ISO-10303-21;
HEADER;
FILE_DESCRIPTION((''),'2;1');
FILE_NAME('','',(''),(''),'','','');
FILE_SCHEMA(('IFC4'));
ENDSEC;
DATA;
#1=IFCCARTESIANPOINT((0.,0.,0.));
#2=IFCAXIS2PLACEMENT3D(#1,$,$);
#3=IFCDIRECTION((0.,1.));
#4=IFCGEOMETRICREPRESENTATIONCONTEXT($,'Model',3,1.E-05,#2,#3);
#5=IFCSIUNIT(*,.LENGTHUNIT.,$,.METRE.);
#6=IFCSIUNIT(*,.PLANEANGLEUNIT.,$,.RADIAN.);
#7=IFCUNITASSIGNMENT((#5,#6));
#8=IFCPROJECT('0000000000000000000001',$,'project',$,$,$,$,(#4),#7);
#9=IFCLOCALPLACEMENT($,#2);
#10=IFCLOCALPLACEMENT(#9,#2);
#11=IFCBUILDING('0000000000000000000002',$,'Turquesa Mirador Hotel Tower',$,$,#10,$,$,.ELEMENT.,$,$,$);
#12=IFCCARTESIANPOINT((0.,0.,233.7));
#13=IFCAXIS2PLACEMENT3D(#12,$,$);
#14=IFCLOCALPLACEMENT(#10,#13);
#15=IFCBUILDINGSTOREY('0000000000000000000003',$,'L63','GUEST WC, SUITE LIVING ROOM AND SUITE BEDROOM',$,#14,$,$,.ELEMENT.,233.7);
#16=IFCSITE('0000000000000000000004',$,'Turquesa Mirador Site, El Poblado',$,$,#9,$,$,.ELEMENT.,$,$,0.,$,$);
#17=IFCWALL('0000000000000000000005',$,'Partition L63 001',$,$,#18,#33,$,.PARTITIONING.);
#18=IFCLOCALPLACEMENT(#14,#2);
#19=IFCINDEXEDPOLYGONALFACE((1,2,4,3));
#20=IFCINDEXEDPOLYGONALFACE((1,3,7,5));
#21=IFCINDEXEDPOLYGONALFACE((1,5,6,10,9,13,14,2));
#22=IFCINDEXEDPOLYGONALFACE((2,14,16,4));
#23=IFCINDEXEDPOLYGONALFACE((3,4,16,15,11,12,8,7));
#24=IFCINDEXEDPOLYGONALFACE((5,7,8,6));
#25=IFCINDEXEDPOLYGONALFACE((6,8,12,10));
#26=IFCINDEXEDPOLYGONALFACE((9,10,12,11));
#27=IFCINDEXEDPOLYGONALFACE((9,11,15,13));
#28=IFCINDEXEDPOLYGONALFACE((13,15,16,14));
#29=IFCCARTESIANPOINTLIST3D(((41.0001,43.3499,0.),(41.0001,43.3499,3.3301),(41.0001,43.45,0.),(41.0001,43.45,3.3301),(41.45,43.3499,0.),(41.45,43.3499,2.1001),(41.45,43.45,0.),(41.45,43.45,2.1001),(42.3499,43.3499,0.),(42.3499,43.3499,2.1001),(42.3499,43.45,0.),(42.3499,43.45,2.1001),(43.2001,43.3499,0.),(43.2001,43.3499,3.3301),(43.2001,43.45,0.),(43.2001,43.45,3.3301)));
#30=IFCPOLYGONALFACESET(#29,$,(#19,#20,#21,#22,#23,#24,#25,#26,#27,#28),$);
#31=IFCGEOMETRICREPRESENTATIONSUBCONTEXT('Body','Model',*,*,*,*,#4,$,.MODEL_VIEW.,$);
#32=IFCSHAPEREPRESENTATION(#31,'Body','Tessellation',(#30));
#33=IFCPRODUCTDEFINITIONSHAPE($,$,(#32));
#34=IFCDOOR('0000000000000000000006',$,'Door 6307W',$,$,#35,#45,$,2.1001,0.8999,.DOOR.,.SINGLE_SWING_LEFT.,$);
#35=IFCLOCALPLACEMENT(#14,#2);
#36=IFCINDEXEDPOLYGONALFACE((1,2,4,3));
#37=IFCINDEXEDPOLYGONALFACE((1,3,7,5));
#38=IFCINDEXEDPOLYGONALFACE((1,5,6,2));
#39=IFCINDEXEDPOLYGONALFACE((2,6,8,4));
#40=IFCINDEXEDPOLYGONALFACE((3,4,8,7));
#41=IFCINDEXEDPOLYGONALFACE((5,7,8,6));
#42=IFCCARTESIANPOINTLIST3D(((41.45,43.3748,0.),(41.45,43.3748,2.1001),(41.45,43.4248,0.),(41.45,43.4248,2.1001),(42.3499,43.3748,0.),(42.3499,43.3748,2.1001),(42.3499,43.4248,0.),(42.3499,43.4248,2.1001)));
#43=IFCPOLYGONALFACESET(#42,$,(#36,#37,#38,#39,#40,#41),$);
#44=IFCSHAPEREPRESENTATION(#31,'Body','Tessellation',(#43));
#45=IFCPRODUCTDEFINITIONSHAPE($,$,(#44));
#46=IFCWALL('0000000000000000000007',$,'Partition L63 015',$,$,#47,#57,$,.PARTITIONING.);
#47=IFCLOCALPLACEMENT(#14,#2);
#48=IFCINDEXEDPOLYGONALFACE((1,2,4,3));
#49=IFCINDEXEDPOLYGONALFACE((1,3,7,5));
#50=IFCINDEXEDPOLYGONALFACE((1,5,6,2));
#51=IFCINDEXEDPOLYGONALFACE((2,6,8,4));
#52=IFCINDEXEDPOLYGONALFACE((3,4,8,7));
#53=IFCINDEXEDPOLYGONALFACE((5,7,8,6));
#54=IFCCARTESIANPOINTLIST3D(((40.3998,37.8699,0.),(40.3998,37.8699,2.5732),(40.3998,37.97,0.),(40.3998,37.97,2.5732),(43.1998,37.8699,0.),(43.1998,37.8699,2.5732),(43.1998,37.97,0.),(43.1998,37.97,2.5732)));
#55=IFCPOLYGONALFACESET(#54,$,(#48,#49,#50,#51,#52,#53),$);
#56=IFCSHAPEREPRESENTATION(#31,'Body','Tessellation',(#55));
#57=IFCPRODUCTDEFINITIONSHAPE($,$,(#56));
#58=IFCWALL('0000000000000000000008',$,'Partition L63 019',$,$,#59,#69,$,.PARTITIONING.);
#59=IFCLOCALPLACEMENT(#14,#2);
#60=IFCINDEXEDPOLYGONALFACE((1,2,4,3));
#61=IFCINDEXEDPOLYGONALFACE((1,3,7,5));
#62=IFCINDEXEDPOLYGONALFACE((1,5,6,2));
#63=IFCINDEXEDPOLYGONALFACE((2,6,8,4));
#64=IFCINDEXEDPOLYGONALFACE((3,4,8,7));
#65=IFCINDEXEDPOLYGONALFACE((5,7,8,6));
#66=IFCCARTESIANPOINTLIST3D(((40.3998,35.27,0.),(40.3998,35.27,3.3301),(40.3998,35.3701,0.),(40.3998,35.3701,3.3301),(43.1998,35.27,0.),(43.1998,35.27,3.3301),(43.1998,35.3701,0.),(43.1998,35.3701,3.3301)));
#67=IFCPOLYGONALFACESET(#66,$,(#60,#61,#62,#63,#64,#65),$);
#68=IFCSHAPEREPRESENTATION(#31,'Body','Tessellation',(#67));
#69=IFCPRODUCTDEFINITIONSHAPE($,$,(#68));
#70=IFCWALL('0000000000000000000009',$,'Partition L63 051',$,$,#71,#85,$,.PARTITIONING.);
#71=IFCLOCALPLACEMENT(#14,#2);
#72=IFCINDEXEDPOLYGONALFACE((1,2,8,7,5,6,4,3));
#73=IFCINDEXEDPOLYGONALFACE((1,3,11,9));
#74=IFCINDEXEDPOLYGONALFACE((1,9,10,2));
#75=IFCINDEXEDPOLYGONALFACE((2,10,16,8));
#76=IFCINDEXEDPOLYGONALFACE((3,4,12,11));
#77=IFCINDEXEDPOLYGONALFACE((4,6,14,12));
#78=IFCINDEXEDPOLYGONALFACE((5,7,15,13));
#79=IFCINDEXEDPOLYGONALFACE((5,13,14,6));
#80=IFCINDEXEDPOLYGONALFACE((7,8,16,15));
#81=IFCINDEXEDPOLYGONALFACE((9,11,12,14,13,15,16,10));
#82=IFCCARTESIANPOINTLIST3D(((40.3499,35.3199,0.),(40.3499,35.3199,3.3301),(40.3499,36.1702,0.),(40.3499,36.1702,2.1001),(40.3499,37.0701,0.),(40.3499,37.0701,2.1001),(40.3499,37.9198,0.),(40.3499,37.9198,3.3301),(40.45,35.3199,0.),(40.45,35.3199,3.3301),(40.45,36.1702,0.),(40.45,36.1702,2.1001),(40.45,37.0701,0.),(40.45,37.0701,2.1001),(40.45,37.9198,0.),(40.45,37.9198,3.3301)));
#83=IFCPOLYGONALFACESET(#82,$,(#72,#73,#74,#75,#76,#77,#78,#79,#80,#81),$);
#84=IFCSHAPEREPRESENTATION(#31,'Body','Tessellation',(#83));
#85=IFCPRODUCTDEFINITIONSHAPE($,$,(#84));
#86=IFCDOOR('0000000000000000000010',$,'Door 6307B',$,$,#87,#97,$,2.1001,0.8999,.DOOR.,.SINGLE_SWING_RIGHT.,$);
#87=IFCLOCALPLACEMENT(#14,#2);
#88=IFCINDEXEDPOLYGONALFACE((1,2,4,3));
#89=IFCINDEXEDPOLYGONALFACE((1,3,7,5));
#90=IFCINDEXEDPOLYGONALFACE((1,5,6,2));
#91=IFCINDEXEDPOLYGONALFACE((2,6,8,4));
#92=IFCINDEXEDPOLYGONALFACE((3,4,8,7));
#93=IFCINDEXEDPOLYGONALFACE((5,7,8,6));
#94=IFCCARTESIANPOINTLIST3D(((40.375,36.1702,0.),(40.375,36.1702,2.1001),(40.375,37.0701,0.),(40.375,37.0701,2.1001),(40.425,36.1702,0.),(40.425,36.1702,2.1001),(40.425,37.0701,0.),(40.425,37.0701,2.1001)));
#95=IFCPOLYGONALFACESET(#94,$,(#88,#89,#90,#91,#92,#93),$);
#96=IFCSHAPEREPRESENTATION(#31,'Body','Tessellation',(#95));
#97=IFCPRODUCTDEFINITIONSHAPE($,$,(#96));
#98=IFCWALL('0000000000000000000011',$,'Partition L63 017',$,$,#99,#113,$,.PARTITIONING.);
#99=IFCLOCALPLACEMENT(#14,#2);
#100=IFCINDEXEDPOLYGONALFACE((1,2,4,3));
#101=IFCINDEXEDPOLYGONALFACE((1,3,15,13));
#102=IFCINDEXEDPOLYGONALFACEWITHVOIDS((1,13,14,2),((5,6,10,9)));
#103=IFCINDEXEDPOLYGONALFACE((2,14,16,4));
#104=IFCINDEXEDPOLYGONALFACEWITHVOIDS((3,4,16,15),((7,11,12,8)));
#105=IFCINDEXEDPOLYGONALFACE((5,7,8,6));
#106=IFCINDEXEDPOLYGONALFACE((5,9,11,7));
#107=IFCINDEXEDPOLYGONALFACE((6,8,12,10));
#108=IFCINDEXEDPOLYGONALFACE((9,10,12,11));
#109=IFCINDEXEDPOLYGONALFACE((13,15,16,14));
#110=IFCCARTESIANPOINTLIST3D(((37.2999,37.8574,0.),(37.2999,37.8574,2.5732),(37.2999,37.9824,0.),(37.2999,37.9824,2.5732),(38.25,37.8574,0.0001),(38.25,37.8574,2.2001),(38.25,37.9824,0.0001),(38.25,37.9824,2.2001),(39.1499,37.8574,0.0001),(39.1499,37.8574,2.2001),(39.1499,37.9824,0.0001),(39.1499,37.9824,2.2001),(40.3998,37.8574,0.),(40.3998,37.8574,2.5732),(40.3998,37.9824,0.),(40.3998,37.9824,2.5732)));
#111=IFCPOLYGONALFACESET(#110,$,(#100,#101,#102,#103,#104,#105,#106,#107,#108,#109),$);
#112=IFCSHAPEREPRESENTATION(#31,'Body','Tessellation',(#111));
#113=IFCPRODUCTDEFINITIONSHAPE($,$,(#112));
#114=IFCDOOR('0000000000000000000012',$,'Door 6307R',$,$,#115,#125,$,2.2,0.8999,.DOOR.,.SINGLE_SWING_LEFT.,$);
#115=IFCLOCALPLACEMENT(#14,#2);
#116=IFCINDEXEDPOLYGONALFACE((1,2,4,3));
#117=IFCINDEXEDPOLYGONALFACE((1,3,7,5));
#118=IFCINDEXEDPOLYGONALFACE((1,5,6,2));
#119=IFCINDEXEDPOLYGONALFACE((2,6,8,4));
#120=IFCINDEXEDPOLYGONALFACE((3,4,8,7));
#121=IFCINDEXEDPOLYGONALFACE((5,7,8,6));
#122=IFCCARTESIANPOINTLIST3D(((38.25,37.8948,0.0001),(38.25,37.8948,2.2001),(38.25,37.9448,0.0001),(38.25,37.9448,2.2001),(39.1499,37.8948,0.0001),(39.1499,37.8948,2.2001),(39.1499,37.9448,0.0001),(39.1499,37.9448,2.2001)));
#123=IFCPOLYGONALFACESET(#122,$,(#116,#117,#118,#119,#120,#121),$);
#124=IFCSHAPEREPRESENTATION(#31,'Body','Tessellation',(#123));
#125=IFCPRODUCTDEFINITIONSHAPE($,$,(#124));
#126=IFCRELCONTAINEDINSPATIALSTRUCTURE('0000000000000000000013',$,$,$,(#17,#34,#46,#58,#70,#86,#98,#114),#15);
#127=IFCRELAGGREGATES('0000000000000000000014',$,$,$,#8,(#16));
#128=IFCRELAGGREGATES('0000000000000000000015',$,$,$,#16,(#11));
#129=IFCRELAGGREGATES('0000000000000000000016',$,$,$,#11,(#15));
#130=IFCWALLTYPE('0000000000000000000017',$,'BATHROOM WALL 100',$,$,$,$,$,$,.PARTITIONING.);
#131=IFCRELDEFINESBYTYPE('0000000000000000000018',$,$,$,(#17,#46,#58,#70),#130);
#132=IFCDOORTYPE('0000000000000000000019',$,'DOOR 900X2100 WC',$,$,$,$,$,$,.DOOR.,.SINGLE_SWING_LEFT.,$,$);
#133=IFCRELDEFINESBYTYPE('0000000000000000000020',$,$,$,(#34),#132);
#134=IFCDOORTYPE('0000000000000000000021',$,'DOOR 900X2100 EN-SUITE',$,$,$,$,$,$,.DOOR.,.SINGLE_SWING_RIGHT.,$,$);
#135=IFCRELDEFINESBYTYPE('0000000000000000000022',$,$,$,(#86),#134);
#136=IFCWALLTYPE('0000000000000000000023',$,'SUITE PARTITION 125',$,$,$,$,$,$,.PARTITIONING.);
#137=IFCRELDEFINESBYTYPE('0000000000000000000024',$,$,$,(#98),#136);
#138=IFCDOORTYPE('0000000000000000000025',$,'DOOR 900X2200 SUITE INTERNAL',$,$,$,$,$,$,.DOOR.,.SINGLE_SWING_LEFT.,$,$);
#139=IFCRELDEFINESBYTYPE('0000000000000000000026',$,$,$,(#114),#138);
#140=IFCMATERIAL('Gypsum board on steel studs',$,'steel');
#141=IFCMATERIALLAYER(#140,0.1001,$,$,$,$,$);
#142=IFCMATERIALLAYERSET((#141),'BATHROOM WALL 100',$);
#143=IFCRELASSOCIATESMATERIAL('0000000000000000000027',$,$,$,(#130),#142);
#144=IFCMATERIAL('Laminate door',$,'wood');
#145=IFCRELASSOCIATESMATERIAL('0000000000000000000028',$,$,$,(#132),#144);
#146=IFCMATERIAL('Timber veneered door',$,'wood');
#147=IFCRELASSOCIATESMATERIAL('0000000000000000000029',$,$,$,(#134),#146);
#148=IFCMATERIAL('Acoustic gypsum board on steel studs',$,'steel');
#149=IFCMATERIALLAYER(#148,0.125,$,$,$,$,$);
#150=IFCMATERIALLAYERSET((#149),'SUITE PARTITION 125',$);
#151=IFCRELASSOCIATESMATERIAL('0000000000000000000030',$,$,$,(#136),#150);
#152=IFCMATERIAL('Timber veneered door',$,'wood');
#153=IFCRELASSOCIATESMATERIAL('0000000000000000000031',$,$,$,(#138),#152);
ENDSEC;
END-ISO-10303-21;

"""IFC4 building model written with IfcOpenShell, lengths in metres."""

from ifc_helpers import new_model, si_unit, direction, frame, frame_2d, origin, place, context, subcontext, project, spatial, rectangle, extrude, material, layer, layer_set, type_object, element, fill, save


model = new_model("IFC4")

# Units and contexts
model_context = context("Model", 3, precision=1e-05, world=origin(), true_north=direction((0.0, 1.0)))
body_context = subcontext(model_context, "Body", "Model", "MODEL_VIEW")
ifc_project = project(units=[si_unit("LENGTHUNIT", "METRE"), si_unit("PLANEANGLEUNIT", "RADIAN")], contexts=[model_context])

# Site, building, storey
site_placement = place(None, origin())
site = spatial("IfcSite", under=ifc_project, at=site_placement, Name="Turquesa Mirador Site, El Poblado", CompositionType="ELEMENT", RefElevation=0.0)
building_placement = place(site_placement, origin())
building = spatial("IfcBuilding", under=site, at=building_placement, Name="Turquesa Mirador Hotel Tower", CompositionType="ELEMENT")
storey_placement = place(building_placement, frame((0.0, 0.0, 233.7)))
storey = spatial("IfcBuildingStorey", under=building, at=storey_placement, Name="L63", Description="GUEST WC, SUITE LIVING ROOM AND SUITE BEDROOM", CompositionType="ELEMENT", Elevation=233.7)

# Wall, opening, door
ifc_material_1 = material(Name="Gypsum board on steel studs", Category="steel")
ifc_layer_1 = layer(ifc_material_1, 0.1001)
ifc_layer_set_1 = layer_set([ifc_layer_1], Name="BATHROOM WALL 100")
wall_type_1 = type_object("IfcWallType", Name="BATHROOM WALL 100", PredefinedType="PARTITIONING", material=ifc_layer_set_1)
wall_1_placement = place(storey_placement, frame((41.0, 43.3999, 0.0), z_axis=(0.0, 0.0, 1.0), x_axis=(1.0, 0.0, 0.0)))
wall_1 = element("IfcWall", 1, at=wall_1_placement, inside=storey, type_object=wall_type_1, Name="Partition L63 001", PredefinedType="PARTITIONING", context=body_context, shape_type="SweptSolid", body=[
    extrude(rectangle(XDim=2.2, YDim=0.1001, at=frame_2d((1.1001, 0.0))), origin(), (0.0, 0.0, 1.0), 3.3301),
])
opening_1_placement = place(wall_1_placement, frame((0.45, 0.0, 0.0)))
opening_1 = element("IfcOpeningElement", 2, at=opening_1_placement, cuts=wall_1, PredefinedType="OPENING", context=body_context, shape_type="SweptSolid", body=[
    extrude(rectangle(XDim=0.8999, YDim=2.1001, at=frame_2d((0.45, 1.05))), frame((0.0, 0.0601, 0.0), z_axis=(0.0, -1.0, 0.0), x_axis=(1.0, 0.0, 0.0)), (0.0, 0.0, 1.0), 0.1201),
])
ifc_material_2 = material(Name="Laminate door", Category="wood")
door_type_1 = type_object("IfcDoorType", Name="DOOR 900X2100 WC", OperationType="SINGLE_SWING_LEFT", PredefinedType="DOOR", material=ifc_material_2)
door_1_placement = place(opening_1_placement, origin())
door_1 = element("IfcDoor", 3, at=door_1_placement, inside=storey, type_object=door_type_1, Name="Door 6307W", OperationType="SINGLE_SWING_LEFT", OverallHeight=2.1001, OverallWidth=0.8999, PredefinedType="DOOR", context=body_context, shape_type="SweptSolid", body=[
    extrude(rectangle(XDim=0.8999, YDim=2.1001, at=frame_2d((0.45, 1.05))), frame((0.0, 0.0249, 0.0), z_axis=(0.0, -1.0, 0.0), x_axis=(1.0, 0.0, 0.0)), (0.0, 0.0, 1.0), 0.05),
])
fill(opening_1, door_1)

# Walls
wall_2_placement = place(storey_placement, frame((40.3999, 37.9199, 0.0), z_axis=(0.0, 0.0, 1.0), x_axis=(1.0, 0.0, 0.0)))
element("IfcWall", 4, at=wall_2_placement, inside=storey, type_object=wall_type_1, Name="Partition L63 015", PredefinedType="PARTITIONING", context=body_context, shape_type="SweptSolid", body=[
    extrude(rectangle(XDim=2.8, YDim=0.1001, at=frame_2d((1.3999, 0.0))), origin(), (0.0, 0.0, 1.0), 2.5732),
])
wall_3_placement = place(storey_placement, frame((40.3999, 35.3201, 0.0), z_axis=(0.0, 0.0, 1.0), x_axis=(1.0, 0.0, 0.0)))
element("IfcWall", 5, at=wall_3_placement, inside=storey, type_object=wall_type_1, Name="Partition L63 019", PredefinedType="PARTITIONING", context=body_context, shape_type="SweptSolid", body=[
    extrude(rectangle(XDim=2.8, YDim=0.1001, at=frame_2d((1.3999, 0.0))), origin(), (0.0, 0.0, 1.0), 3.3301),
])

# Walls, openings, doors
wall_4_placement = place(storey_placement, frame((40.3999, 35.3201, 0.0), z_axis=(0.0, 0.0, 1.0), x_axis=(0.0, 1.0, 0.0)))
wall_4 = element("IfcWall", 6, at=wall_4_placement, inside=storey, type_object=wall_type_1, Name="Partition L63 051", PredefinedType="PARTITIONING", context=body_context, shape_type="SweptSolid", body=[
    extrude(rectangle(XDim=2.5999, YDim=0.1001, at=frame_2d((1.2998, 0.0))), origin(), (0.0, 0.0, 1.0), 3.3301),
])
opening_2_placement = place(wall_4_placement, frame((0.8501, 0.0, 0.0)))
opening_2 = element("IfcOpeningElement", 7, at=opening_2_placement, cuts=wall_4, PredefinedType="OPENING", context=body_context, shape_type="SweptSolid", body=[
    extrude(rectangle(XDim=0.8999, YDim=2.1001, at=frame_2d((0.45, 1.05))), frame((0.0, 0.0601, 0.0), z_axis=(0.0, -1.0, 0.0), x_axis=(1.0, 0.0, 0.0)), (0.0, 0.0, 1.0), 0.1201),
])
ifc_material_3 = material(Name="Timber veneered door", Category="wood")
door_type_2 = type_object("IfcDoorType", Name="DOOR 900X2100 EN-SUITE", OperationType="SINGLE_SWING_RIGHT", PredefinedType="DOOR", material=ifc_material_3)
door_2_placement = place(opening_2_placement, origin())
door_2 = element("IfcDoor", 8, at=door_2_placement, inside=storey, type_object=door_type_2, Name="Door 6307B", OperationType="SINGLE_SWING_RIGHT", OverallHeight=2.1001, OverallWidth=0.8999, PredefinedType="DOOR", context=body_context, shape_type="SweptSolid", body=[
    extrude(rectangle(XDim=0.8999, YDim=2.1001, at=frame_2d((0.45, 1.05))), frame((0.0, 0.0249, 0.0), z_axis=(0.0, -1.0, 0.0), x_axis=(1.0, 0.0, 0.0)), (0.0, 0.0, 1.0), 0.05),
])
fill(opening_2, door_2)
ifc_material_4 = material(Name="Acoustic gypsum board on steel studs", Category="steel")
ifc_layer_2 = layer(ifc_material_4, 0.125)
ifc_layer_set_2 = layer_set([ifc_layer_2], Name="SUITE PARTITION 125")
wall_type_2 = type_object("IfcWallType", Name="SUITE PARTITION 125", PredefinedType="PARTITIONING", material=ifc_layer_set_2)
wall_5_placement = place(storey_placement, frame((37.3, 37.9199, 0.0), z_axis=(0.0, 0.0, 1.0), x_axis=(1.0, 0.0, 0.0)))
wall_5 = element("IfcWall", 9, at=wall_5_placement, inside=storey, type_object=wall_type_2, Name="Partition L63 017", PredefinedType="PARTITIONING", context=body_context, shape_type="SweptSolid", body=[
    extrude(rectangle(XDim=3.0999, YDim=0.125, at=frame_2d((1.5498, 0.0))), origin(), (0.0, 0.0, 1.0), 2.5732),
])
opening_3_placement = place(wall_5_placement, frame((0.95, 0.0, 0.0)))
opening_3 = element("IfcOpeningElement", 10, at=opening_3_placement, cuts=wall_5, PredefinedType="OPENING", context=body_context, shape_type="SweptSolid", body=[
    extrude(rectangle(XDim=0.8999, YDim=2.2, at=frame_2d((0.45, 1.1001))), frame((0.0, 0.0725, 0.0), z_axis=(0.0, -1.0, 0.0), x_axis=(1.0, 0.0, 0.0)), (0.0, 0.0, 1.0), 0.145),
])
ifc_material_5 = material(Name="Timber veneered door", Category="wood")
door_type_3 = type_object("IfcDoorType", Name="DOOR 900X2200 SUITE INTERNAL", OperationType="SINGLE_SWING_LEFT", PredefinedType="DOOR", material=ifc_material_5)
door_3_placement = place(opening_3_placement, origin())
door_3 = element("IfcDoor", 11, at=door_3_placement, inside=storey, type_object=door_type_3, Name="Door 6307R", OperationType="SINGLE_SWING_LEFT", OverallHeight=2.2, OverallWidth=0.8999, PredefinedType="DOOR", context=body_context, shape_type="SweptSolid", body=[
    extrude(rectangle(XDim=0.8999, YDim=2.2, at=frame_2d((0.45, 1.1001))), frame((0.0, 0.0249, 0.0), z_axis=(0.0, -1.0, 0.0), x_axis=(1.0, 0.0, 0.0)), (0.0, 0.0, 1.0), 0.05),
])
fill(opening_3, door_3)

save(model, "model.ifc")
